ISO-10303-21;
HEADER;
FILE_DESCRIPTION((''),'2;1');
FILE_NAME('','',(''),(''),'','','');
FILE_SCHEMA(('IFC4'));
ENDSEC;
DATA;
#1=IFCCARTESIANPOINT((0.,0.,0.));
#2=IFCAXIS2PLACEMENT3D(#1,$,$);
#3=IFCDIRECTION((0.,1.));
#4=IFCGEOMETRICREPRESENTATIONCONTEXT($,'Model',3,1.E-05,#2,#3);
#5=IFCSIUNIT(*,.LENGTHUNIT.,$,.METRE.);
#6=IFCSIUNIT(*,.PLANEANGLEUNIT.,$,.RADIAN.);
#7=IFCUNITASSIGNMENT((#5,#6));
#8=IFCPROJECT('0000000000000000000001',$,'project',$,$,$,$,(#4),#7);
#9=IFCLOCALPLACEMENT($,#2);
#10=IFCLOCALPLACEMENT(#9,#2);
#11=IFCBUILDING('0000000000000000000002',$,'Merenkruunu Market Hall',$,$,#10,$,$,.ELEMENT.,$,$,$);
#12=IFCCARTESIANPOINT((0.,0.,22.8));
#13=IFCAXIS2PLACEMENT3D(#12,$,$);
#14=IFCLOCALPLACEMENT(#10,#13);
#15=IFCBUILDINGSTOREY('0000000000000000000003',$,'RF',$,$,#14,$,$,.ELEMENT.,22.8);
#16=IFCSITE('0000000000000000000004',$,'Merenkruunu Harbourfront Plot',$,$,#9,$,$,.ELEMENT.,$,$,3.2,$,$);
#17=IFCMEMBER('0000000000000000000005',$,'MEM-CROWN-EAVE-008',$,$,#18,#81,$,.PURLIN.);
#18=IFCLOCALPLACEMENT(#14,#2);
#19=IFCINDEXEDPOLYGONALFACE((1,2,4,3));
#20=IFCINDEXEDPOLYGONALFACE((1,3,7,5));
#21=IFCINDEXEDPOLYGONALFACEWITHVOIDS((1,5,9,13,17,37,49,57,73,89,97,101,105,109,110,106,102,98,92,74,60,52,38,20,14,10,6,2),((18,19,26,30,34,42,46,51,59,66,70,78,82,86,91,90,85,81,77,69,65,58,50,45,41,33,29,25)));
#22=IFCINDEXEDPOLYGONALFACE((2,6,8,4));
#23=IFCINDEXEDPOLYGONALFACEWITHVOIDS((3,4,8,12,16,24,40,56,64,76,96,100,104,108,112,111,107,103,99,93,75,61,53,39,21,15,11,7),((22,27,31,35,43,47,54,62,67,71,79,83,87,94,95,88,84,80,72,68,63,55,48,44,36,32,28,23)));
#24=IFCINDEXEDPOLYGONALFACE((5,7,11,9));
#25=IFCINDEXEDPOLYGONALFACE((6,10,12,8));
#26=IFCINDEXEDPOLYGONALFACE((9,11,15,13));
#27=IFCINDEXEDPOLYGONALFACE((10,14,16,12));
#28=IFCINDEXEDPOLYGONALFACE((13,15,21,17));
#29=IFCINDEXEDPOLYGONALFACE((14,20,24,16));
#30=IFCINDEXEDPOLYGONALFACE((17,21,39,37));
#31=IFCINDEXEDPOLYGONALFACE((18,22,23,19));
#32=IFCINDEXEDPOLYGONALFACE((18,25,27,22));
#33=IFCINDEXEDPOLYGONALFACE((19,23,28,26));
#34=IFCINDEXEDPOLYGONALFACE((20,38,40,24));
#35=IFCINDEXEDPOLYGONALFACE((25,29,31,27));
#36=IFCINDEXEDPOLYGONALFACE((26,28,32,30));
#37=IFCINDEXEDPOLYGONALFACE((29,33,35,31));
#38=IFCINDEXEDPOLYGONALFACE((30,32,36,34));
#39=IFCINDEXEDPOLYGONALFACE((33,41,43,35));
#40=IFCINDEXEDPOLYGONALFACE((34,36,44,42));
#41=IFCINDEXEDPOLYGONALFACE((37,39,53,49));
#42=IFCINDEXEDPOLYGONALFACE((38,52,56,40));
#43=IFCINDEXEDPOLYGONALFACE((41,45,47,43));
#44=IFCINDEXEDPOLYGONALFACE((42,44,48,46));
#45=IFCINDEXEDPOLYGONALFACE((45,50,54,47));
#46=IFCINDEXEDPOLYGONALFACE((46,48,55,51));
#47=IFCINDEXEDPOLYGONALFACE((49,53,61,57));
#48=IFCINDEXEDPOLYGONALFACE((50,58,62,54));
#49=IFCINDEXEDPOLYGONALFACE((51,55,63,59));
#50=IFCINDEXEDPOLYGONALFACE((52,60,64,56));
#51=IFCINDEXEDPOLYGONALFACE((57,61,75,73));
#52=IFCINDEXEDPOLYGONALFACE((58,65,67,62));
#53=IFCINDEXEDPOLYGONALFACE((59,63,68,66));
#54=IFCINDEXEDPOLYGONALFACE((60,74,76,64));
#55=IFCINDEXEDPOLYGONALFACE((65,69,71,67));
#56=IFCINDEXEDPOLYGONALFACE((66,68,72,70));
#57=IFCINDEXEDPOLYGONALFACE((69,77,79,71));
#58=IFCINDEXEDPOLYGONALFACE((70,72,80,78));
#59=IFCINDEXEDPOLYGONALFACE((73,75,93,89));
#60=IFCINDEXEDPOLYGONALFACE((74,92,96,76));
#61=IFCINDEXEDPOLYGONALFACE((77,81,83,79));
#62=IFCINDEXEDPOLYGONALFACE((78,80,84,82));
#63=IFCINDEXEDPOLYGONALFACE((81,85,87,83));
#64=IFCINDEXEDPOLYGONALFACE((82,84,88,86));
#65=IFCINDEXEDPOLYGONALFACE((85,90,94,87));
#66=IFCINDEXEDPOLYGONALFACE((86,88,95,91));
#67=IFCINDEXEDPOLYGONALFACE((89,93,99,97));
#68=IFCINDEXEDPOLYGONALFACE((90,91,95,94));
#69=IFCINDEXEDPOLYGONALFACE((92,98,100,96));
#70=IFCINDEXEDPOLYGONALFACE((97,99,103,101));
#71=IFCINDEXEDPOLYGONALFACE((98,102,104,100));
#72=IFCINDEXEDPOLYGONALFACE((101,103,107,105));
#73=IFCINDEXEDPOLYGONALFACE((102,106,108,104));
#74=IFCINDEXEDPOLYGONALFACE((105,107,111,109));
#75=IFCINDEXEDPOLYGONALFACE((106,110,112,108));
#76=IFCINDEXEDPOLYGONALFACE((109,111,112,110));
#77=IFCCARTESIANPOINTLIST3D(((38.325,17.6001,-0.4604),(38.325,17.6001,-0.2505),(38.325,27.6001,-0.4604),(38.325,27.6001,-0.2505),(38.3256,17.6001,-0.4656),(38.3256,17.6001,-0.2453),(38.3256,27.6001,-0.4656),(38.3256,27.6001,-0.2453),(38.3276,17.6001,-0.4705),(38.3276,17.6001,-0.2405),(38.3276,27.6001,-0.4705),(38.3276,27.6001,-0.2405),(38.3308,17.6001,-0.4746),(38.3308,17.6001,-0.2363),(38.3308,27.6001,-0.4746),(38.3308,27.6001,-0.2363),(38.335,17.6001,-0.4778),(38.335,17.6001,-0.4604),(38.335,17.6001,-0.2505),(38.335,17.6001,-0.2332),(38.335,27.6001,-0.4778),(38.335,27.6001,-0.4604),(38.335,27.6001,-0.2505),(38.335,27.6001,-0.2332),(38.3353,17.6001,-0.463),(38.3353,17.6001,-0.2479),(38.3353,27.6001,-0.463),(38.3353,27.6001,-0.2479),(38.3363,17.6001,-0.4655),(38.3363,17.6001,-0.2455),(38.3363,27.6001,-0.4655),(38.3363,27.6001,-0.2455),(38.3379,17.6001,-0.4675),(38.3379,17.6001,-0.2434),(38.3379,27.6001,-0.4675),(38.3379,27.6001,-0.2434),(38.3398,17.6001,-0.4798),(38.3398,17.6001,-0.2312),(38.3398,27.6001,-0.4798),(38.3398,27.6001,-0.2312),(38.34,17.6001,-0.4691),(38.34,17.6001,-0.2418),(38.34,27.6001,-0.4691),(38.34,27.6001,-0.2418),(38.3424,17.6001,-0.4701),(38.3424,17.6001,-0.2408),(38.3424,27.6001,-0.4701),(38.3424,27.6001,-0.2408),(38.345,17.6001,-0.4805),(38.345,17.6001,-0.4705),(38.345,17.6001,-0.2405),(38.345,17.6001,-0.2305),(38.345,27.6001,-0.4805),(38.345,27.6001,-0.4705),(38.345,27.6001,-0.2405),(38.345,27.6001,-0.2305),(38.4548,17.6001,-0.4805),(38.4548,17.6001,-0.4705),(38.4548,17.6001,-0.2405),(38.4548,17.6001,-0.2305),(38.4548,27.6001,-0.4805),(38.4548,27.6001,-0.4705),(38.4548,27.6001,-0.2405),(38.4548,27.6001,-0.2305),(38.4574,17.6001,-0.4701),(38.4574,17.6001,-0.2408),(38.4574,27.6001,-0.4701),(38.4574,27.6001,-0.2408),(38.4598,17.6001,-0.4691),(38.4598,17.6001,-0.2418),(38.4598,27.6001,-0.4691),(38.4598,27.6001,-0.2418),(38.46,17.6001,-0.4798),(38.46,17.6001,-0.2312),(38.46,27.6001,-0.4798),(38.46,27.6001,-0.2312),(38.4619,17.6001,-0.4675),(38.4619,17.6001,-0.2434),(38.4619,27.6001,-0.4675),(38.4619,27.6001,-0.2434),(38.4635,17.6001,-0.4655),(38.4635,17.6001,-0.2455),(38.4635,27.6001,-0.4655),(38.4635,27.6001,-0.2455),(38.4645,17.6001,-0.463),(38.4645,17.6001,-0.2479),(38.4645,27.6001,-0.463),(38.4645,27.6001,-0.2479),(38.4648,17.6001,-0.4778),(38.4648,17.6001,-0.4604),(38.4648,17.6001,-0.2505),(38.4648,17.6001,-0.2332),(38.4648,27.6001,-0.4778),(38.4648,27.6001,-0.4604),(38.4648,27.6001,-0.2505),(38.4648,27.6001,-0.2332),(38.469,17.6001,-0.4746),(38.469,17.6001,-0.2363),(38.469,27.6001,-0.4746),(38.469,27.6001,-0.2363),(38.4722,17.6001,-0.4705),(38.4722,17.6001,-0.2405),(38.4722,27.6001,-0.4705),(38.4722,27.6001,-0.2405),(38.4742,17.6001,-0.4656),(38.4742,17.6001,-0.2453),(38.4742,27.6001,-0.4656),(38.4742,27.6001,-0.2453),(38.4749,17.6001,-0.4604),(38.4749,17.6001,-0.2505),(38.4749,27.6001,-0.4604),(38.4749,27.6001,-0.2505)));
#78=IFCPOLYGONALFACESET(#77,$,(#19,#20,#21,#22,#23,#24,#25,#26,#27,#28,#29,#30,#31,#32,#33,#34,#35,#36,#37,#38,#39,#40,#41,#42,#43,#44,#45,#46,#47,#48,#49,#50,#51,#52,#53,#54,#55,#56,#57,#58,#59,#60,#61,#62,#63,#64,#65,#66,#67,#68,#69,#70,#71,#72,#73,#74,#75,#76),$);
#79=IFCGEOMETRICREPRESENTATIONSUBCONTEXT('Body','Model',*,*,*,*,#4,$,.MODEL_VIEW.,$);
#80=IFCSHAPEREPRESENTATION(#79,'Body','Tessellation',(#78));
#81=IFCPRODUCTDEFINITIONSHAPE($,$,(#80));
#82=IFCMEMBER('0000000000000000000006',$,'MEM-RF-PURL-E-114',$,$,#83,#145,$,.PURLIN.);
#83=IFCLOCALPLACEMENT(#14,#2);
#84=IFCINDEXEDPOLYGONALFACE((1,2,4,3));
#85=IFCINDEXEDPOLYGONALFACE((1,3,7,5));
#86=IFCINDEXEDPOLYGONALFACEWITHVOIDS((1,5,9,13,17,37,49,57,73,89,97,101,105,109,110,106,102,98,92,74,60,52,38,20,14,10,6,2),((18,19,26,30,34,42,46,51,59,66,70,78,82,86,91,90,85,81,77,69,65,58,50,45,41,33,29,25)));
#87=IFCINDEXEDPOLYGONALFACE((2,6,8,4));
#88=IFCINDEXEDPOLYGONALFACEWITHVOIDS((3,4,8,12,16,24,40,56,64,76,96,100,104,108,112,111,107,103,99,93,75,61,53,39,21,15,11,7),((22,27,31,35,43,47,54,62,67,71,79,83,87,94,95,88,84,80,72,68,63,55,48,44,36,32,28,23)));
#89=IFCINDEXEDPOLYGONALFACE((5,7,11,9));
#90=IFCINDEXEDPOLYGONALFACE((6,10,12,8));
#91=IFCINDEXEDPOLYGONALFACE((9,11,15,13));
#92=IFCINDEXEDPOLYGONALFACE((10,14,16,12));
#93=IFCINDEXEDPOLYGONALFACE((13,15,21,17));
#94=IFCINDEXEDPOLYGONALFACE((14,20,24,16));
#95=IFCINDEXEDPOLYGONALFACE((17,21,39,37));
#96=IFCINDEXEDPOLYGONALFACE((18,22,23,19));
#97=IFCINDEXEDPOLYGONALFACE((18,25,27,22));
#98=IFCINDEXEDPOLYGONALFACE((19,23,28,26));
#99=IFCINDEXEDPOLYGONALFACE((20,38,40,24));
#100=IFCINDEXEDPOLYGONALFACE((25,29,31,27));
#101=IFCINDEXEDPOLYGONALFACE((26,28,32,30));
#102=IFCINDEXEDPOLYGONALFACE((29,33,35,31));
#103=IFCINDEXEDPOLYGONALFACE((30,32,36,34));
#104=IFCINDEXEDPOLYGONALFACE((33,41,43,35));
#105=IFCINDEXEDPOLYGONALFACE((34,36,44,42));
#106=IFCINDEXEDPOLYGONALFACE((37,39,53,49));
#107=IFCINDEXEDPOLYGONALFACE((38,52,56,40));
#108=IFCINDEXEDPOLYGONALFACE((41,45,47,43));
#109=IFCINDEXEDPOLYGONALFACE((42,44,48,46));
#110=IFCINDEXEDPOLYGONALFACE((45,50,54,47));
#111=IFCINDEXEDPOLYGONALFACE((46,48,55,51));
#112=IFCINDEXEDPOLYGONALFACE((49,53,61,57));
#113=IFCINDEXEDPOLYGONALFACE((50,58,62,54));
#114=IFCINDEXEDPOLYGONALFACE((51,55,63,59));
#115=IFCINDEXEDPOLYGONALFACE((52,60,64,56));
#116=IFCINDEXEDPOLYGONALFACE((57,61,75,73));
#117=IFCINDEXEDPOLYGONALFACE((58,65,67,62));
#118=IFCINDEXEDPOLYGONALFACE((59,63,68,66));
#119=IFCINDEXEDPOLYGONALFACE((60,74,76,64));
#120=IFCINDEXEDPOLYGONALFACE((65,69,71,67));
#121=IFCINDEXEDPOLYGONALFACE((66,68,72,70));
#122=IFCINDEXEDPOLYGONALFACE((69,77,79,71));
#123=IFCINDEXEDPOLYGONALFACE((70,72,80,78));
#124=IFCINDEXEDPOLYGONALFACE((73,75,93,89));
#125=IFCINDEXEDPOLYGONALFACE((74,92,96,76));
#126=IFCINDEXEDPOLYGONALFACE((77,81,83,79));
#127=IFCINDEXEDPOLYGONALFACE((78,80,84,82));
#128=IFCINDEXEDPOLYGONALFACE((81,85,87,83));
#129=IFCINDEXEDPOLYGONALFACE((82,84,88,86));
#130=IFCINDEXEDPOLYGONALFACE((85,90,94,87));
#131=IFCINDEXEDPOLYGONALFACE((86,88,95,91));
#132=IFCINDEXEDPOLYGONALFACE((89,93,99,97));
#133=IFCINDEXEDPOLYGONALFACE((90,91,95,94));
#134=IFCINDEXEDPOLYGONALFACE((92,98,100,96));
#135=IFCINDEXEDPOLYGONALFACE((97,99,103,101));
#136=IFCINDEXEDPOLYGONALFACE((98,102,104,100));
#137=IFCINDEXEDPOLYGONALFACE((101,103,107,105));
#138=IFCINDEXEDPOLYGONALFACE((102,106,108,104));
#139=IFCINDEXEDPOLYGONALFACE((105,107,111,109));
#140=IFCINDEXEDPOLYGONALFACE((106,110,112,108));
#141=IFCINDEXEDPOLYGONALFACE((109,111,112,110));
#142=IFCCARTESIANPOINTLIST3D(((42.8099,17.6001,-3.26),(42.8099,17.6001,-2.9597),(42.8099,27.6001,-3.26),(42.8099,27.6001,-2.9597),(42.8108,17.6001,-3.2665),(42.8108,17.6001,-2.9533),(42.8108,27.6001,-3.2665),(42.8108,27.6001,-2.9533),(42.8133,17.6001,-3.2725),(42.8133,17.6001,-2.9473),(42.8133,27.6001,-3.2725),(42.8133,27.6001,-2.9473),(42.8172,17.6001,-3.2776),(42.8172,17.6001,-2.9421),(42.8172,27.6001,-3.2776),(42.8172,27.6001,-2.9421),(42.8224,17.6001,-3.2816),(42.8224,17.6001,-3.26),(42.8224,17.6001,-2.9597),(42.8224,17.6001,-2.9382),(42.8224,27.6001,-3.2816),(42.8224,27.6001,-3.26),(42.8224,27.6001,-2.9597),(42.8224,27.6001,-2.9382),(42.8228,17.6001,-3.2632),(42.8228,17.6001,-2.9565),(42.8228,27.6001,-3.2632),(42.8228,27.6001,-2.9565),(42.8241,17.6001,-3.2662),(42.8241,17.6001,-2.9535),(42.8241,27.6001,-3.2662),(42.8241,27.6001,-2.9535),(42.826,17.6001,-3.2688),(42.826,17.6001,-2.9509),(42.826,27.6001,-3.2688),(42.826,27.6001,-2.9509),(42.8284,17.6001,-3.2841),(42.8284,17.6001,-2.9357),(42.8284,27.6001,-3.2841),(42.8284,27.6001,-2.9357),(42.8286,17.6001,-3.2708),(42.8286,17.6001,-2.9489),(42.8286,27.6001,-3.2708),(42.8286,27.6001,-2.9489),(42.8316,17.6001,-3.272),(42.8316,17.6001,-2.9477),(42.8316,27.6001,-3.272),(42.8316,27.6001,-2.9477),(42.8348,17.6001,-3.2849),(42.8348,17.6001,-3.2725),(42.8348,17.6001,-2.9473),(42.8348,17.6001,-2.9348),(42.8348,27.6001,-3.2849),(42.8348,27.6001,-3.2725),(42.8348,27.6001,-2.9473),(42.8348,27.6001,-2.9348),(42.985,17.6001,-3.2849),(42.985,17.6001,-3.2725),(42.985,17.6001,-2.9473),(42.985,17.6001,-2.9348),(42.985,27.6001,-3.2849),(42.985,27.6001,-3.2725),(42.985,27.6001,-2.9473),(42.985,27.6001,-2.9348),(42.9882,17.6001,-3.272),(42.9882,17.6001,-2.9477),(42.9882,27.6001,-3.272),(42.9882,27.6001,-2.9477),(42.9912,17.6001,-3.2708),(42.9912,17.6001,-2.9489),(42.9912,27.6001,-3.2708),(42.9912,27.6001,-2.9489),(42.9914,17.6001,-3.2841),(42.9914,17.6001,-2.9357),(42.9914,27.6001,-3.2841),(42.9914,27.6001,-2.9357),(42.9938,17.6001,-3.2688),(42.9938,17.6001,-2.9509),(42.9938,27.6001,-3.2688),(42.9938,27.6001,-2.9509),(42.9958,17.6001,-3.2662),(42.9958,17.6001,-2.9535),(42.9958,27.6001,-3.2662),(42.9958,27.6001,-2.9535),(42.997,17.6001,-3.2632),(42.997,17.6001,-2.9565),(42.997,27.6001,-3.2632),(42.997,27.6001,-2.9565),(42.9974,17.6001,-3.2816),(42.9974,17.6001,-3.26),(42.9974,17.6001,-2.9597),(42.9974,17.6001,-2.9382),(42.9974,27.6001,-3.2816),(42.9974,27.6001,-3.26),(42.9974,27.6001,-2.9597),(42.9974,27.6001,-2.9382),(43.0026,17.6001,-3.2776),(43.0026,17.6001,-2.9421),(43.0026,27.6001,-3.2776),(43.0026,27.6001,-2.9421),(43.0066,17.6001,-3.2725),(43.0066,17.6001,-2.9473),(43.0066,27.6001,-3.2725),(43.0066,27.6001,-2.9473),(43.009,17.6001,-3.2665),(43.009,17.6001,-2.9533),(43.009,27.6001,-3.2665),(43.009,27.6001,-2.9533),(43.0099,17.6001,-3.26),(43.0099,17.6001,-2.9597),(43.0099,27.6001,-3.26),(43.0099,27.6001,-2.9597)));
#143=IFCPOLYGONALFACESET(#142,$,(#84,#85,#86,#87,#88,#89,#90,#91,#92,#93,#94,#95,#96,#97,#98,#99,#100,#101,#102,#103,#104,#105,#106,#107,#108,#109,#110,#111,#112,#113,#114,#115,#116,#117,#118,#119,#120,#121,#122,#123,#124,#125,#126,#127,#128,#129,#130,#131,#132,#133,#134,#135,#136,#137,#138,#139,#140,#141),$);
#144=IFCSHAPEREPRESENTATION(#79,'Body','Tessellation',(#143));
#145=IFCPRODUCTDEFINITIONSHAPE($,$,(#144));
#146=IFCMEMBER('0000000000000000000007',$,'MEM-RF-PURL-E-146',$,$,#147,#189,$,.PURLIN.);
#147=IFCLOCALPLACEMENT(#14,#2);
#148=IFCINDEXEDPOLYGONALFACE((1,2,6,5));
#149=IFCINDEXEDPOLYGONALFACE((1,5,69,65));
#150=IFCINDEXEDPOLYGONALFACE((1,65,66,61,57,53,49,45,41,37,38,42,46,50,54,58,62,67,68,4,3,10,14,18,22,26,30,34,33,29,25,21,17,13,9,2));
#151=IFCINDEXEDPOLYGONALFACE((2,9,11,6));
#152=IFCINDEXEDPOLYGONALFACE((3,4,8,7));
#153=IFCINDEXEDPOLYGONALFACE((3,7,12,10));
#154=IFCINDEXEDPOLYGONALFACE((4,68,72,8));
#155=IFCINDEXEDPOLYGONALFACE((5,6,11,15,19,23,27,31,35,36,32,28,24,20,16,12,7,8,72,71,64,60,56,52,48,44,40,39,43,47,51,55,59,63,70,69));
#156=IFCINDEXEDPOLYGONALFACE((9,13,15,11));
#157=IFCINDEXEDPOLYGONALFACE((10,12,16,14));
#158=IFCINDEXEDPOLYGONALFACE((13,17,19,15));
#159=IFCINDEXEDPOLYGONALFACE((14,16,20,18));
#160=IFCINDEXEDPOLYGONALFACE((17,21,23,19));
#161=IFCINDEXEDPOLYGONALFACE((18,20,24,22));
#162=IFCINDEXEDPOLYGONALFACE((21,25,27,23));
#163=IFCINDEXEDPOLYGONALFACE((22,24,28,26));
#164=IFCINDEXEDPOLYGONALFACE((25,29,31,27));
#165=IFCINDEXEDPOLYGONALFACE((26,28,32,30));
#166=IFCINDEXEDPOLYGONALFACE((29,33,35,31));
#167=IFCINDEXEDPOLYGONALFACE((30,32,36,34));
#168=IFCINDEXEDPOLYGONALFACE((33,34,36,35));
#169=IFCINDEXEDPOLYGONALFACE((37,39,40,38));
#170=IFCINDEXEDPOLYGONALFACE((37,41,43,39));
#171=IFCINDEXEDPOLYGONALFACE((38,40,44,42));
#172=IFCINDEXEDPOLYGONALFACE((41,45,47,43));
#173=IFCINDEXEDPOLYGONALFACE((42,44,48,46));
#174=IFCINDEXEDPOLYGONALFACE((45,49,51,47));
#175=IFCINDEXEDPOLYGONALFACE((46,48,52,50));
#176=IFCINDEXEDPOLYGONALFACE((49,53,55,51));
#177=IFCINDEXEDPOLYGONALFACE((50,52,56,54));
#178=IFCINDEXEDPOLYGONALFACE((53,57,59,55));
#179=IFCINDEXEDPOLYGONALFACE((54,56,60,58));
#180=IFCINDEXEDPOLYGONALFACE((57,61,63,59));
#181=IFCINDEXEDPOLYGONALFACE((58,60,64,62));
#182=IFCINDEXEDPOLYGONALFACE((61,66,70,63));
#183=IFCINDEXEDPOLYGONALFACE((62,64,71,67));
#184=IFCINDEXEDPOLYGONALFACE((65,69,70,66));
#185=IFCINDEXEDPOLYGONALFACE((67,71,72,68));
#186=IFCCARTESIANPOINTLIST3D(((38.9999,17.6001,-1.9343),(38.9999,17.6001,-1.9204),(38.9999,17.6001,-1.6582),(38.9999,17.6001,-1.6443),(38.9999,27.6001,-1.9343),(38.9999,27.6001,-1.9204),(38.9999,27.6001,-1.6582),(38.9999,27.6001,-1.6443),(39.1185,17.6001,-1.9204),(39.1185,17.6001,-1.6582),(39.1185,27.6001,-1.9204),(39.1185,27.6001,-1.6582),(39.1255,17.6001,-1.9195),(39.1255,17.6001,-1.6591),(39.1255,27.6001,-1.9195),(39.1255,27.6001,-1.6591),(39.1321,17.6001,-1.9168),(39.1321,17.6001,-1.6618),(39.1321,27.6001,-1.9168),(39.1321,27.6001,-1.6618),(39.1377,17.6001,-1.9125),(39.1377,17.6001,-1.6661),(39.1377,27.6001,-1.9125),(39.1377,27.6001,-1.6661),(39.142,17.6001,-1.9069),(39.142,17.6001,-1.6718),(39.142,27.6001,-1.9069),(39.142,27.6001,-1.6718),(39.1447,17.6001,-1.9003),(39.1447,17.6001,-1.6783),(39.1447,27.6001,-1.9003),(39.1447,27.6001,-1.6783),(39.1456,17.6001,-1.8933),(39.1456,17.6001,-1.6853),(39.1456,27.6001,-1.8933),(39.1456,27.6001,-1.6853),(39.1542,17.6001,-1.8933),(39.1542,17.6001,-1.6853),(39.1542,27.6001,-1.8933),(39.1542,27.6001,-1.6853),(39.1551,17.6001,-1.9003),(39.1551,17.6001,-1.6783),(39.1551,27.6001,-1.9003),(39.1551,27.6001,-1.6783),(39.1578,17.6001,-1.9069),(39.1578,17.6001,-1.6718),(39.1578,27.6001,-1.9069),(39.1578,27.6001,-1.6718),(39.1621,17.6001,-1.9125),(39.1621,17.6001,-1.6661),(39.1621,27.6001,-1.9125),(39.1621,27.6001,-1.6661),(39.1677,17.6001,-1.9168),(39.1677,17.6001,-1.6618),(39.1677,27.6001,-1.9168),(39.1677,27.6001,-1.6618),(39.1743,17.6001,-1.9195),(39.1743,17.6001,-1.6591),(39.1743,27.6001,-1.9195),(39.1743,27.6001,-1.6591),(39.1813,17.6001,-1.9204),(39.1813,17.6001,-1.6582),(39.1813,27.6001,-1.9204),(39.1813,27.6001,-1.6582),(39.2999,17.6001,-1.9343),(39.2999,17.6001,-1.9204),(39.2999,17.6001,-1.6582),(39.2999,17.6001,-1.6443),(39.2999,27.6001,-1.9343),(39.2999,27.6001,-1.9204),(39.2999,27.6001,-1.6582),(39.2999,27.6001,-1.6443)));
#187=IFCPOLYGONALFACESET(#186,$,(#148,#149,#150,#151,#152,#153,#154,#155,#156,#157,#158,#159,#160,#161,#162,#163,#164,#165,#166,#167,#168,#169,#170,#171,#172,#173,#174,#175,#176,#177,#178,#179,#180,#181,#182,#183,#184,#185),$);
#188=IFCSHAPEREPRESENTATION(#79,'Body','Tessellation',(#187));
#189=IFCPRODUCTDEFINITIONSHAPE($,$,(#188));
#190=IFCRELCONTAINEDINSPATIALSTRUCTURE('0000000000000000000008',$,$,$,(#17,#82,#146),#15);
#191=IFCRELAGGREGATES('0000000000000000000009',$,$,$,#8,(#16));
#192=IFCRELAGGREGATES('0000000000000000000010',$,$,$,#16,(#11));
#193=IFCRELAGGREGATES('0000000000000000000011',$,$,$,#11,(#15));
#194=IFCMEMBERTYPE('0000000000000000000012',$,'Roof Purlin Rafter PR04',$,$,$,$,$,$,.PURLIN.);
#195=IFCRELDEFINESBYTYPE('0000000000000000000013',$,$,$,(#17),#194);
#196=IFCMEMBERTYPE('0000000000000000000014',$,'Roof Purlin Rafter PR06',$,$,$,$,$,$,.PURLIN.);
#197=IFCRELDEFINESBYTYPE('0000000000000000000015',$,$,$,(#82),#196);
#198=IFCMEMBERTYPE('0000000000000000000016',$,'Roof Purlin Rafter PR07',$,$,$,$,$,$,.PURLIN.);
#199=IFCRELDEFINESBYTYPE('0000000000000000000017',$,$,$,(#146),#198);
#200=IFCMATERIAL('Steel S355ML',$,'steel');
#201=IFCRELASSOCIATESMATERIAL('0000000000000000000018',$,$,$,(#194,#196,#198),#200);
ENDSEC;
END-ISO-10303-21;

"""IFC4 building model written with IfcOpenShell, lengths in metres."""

from ifc_helpers import new_model, si_unit, direction, frame, origin, origin_2d, place, context, subcontext, project, spatial, hollow_rectangle, i_section, extrude, material, material_profile, profile_set, type_object, element, save


model = new_model("IFC4")

# Units and contexts
model_context = context("Model", 3, precision=1e-05, world=origin(), true_north=direction((0.0, 1.0)))
body_context = subcontext(model_context, "Body", "Model", "MODEL_VIEW")
ifc_project = project(units=[si_unit("LENGTHUNIT", "METRE"), si_unit("PLANEANGLEUNIT", "RADIAN")], contexts=[model_context])

# Site, building, storey
site_placement = place(None, origin())
site = spatial("IfcSite", under=ifc_project, at=site_placement, Name="Merenkruunu Harbourfront Plot", CompositionType="ELEMENT", RefElevation=3.2)
building_placement = place(site_placement, origin())
building = spatial("IfcBuilding", under=site, at=building_placement, Name="Merenkruunu Market Hall", CompositionType="ELEMENT")
storey_placement = place(building_placement, frame((0.0, 0.0, 22.8)))
storey = spatial("IfcBuildingStorey", under=building, at=storey_placement, Name="RF", CompositionType="ELEMENT", Elevation=22.8)

# Shared definitions
ifc_material_1 = material(Name="Steel S355ML", Category="steel")

# Members
ifc_material_profile_1 = material_profile(ifc_material_1, hollow_rectangle(XDim=0.1499, YDim=0.25, WallThickness=0.01, InnerFilletRadius=0.01, OuterFilletRadius=0.02, at=origin_2d()), Name="RHS 250x150x10")
ifc_profile_set_1 = profile_set([ifc_material_profile_1], Name="Steel S355ML")
member_type_1 = type_object("IfcMemberType", Name="Roof Purlin Rafter PR04", PredefinedType="PURLIN", material=ifc_profile_set_1)
member_1_placement = place(storey_placement, frame((38.3999, 17.6001, -0.3555), z_axis=(0.0, 1.0, 0.0), x_axis=(-1.0, 0.0, 0.0)))
element("IfcMember", 1, at=member_1_placement, inside=storey, type_object=member_type_1, Name="MEM-CROWN-EAVE-008", PredefinedType="PURLIN", context=body_context, shape_type="SweptSolid", body=[
    extrude(hollow_rectangle(XDim=0.1499, YDim=0.25, WallThickness=0.01, InnerFilletRadius=0.01, OuterFilletRadius=0.02, at=origin_2d()), origin(), (0.0, 0.0, 1.0), 10.0),
])
ifc_material_profile_2 = material_profile(ifc_material_1, hollow_rectangle(XDim=0.2, YDim=0.3501, WallThickness=0.0125, InnerFilletRadius=0.0125, OuterFilletRadius=0.0249, at=origin_2d()), Name="RHS 350x200x12.5")
ifc_profile_set_2 = profile_set([ifc_material_profile_2], Name="Steel S355ML")
member_type_2 = type_object("IfcMemberType", Name="Roof Purlin Rafter PR06", PredefinedType="PURLIN", material=ifc_profile_set_2)
member_2_placement = place(storey_placement, frame((42.9099, 17.6001, -3.1099), z_axis=(0.0, 1.0, 0.0), x_axis=(-1.0, 0.0, 0.0)))
element("IfcMember", 2, at=member_2_placement, inside=storey, type_object=member_type_2, Name="MEM-RF-PURL-E-114", PredefinedType="PURLIN", context=body_context, shape_type="SweptSolid", body=[
    extrude(hollow_rectangle(XDim=0.2, YDim=0.3501, WallThickness=0.0125, InnerFilletRadius=0.0125, OuterFilletRadius=0.0249, at=origin_2d()), origin(), (0.0, 0.0, 1.0), 10.0),
])
ifc_material_profile_3 = material_profile(ifc_material_1, i_section(OverallWidth=0.3, OverallDepth=0.29, WebThickness=0.0085, FlangeThickness=0.0139, FilletRadius=0.0271, at=origin_2d()), Name="HEA 300")
ifc_profile_set_3 = profile_set([ifc_material_profile_3], Name="Steel S355ML")
member_type_3 = type_object("IfcMemberType", Name="Roof Purlin Rafter PR07", PredefinedType="PURLIN", material=ifc_profile_set_3)
member_3_placement = place(storey_placement, frame((39.1499, 17.6001, -1.7893), z_axis=(0.0, 1.0, 0.0), x_axis=(-1.0, 0.0, 0.0)))
element("IfcMember", 3, at=member_3_placement, inside=storey, type_object=member_type_3, Name="MEM-RF-PURL-E-146", PredefinedType="PURLIN", context=body_context, shape_type="SweptSolid", body=[
    extrude(i_section(OverallWidth=0.3, OverallDepth=0.29, WebThickness=0.0085, FlangeThickness=0.0139, FilletRadius=0.0271, at=origin_2d()), origin(), (0.0, 0.0, 1.0), 10.0),
])

save(model, "model.ifc")
